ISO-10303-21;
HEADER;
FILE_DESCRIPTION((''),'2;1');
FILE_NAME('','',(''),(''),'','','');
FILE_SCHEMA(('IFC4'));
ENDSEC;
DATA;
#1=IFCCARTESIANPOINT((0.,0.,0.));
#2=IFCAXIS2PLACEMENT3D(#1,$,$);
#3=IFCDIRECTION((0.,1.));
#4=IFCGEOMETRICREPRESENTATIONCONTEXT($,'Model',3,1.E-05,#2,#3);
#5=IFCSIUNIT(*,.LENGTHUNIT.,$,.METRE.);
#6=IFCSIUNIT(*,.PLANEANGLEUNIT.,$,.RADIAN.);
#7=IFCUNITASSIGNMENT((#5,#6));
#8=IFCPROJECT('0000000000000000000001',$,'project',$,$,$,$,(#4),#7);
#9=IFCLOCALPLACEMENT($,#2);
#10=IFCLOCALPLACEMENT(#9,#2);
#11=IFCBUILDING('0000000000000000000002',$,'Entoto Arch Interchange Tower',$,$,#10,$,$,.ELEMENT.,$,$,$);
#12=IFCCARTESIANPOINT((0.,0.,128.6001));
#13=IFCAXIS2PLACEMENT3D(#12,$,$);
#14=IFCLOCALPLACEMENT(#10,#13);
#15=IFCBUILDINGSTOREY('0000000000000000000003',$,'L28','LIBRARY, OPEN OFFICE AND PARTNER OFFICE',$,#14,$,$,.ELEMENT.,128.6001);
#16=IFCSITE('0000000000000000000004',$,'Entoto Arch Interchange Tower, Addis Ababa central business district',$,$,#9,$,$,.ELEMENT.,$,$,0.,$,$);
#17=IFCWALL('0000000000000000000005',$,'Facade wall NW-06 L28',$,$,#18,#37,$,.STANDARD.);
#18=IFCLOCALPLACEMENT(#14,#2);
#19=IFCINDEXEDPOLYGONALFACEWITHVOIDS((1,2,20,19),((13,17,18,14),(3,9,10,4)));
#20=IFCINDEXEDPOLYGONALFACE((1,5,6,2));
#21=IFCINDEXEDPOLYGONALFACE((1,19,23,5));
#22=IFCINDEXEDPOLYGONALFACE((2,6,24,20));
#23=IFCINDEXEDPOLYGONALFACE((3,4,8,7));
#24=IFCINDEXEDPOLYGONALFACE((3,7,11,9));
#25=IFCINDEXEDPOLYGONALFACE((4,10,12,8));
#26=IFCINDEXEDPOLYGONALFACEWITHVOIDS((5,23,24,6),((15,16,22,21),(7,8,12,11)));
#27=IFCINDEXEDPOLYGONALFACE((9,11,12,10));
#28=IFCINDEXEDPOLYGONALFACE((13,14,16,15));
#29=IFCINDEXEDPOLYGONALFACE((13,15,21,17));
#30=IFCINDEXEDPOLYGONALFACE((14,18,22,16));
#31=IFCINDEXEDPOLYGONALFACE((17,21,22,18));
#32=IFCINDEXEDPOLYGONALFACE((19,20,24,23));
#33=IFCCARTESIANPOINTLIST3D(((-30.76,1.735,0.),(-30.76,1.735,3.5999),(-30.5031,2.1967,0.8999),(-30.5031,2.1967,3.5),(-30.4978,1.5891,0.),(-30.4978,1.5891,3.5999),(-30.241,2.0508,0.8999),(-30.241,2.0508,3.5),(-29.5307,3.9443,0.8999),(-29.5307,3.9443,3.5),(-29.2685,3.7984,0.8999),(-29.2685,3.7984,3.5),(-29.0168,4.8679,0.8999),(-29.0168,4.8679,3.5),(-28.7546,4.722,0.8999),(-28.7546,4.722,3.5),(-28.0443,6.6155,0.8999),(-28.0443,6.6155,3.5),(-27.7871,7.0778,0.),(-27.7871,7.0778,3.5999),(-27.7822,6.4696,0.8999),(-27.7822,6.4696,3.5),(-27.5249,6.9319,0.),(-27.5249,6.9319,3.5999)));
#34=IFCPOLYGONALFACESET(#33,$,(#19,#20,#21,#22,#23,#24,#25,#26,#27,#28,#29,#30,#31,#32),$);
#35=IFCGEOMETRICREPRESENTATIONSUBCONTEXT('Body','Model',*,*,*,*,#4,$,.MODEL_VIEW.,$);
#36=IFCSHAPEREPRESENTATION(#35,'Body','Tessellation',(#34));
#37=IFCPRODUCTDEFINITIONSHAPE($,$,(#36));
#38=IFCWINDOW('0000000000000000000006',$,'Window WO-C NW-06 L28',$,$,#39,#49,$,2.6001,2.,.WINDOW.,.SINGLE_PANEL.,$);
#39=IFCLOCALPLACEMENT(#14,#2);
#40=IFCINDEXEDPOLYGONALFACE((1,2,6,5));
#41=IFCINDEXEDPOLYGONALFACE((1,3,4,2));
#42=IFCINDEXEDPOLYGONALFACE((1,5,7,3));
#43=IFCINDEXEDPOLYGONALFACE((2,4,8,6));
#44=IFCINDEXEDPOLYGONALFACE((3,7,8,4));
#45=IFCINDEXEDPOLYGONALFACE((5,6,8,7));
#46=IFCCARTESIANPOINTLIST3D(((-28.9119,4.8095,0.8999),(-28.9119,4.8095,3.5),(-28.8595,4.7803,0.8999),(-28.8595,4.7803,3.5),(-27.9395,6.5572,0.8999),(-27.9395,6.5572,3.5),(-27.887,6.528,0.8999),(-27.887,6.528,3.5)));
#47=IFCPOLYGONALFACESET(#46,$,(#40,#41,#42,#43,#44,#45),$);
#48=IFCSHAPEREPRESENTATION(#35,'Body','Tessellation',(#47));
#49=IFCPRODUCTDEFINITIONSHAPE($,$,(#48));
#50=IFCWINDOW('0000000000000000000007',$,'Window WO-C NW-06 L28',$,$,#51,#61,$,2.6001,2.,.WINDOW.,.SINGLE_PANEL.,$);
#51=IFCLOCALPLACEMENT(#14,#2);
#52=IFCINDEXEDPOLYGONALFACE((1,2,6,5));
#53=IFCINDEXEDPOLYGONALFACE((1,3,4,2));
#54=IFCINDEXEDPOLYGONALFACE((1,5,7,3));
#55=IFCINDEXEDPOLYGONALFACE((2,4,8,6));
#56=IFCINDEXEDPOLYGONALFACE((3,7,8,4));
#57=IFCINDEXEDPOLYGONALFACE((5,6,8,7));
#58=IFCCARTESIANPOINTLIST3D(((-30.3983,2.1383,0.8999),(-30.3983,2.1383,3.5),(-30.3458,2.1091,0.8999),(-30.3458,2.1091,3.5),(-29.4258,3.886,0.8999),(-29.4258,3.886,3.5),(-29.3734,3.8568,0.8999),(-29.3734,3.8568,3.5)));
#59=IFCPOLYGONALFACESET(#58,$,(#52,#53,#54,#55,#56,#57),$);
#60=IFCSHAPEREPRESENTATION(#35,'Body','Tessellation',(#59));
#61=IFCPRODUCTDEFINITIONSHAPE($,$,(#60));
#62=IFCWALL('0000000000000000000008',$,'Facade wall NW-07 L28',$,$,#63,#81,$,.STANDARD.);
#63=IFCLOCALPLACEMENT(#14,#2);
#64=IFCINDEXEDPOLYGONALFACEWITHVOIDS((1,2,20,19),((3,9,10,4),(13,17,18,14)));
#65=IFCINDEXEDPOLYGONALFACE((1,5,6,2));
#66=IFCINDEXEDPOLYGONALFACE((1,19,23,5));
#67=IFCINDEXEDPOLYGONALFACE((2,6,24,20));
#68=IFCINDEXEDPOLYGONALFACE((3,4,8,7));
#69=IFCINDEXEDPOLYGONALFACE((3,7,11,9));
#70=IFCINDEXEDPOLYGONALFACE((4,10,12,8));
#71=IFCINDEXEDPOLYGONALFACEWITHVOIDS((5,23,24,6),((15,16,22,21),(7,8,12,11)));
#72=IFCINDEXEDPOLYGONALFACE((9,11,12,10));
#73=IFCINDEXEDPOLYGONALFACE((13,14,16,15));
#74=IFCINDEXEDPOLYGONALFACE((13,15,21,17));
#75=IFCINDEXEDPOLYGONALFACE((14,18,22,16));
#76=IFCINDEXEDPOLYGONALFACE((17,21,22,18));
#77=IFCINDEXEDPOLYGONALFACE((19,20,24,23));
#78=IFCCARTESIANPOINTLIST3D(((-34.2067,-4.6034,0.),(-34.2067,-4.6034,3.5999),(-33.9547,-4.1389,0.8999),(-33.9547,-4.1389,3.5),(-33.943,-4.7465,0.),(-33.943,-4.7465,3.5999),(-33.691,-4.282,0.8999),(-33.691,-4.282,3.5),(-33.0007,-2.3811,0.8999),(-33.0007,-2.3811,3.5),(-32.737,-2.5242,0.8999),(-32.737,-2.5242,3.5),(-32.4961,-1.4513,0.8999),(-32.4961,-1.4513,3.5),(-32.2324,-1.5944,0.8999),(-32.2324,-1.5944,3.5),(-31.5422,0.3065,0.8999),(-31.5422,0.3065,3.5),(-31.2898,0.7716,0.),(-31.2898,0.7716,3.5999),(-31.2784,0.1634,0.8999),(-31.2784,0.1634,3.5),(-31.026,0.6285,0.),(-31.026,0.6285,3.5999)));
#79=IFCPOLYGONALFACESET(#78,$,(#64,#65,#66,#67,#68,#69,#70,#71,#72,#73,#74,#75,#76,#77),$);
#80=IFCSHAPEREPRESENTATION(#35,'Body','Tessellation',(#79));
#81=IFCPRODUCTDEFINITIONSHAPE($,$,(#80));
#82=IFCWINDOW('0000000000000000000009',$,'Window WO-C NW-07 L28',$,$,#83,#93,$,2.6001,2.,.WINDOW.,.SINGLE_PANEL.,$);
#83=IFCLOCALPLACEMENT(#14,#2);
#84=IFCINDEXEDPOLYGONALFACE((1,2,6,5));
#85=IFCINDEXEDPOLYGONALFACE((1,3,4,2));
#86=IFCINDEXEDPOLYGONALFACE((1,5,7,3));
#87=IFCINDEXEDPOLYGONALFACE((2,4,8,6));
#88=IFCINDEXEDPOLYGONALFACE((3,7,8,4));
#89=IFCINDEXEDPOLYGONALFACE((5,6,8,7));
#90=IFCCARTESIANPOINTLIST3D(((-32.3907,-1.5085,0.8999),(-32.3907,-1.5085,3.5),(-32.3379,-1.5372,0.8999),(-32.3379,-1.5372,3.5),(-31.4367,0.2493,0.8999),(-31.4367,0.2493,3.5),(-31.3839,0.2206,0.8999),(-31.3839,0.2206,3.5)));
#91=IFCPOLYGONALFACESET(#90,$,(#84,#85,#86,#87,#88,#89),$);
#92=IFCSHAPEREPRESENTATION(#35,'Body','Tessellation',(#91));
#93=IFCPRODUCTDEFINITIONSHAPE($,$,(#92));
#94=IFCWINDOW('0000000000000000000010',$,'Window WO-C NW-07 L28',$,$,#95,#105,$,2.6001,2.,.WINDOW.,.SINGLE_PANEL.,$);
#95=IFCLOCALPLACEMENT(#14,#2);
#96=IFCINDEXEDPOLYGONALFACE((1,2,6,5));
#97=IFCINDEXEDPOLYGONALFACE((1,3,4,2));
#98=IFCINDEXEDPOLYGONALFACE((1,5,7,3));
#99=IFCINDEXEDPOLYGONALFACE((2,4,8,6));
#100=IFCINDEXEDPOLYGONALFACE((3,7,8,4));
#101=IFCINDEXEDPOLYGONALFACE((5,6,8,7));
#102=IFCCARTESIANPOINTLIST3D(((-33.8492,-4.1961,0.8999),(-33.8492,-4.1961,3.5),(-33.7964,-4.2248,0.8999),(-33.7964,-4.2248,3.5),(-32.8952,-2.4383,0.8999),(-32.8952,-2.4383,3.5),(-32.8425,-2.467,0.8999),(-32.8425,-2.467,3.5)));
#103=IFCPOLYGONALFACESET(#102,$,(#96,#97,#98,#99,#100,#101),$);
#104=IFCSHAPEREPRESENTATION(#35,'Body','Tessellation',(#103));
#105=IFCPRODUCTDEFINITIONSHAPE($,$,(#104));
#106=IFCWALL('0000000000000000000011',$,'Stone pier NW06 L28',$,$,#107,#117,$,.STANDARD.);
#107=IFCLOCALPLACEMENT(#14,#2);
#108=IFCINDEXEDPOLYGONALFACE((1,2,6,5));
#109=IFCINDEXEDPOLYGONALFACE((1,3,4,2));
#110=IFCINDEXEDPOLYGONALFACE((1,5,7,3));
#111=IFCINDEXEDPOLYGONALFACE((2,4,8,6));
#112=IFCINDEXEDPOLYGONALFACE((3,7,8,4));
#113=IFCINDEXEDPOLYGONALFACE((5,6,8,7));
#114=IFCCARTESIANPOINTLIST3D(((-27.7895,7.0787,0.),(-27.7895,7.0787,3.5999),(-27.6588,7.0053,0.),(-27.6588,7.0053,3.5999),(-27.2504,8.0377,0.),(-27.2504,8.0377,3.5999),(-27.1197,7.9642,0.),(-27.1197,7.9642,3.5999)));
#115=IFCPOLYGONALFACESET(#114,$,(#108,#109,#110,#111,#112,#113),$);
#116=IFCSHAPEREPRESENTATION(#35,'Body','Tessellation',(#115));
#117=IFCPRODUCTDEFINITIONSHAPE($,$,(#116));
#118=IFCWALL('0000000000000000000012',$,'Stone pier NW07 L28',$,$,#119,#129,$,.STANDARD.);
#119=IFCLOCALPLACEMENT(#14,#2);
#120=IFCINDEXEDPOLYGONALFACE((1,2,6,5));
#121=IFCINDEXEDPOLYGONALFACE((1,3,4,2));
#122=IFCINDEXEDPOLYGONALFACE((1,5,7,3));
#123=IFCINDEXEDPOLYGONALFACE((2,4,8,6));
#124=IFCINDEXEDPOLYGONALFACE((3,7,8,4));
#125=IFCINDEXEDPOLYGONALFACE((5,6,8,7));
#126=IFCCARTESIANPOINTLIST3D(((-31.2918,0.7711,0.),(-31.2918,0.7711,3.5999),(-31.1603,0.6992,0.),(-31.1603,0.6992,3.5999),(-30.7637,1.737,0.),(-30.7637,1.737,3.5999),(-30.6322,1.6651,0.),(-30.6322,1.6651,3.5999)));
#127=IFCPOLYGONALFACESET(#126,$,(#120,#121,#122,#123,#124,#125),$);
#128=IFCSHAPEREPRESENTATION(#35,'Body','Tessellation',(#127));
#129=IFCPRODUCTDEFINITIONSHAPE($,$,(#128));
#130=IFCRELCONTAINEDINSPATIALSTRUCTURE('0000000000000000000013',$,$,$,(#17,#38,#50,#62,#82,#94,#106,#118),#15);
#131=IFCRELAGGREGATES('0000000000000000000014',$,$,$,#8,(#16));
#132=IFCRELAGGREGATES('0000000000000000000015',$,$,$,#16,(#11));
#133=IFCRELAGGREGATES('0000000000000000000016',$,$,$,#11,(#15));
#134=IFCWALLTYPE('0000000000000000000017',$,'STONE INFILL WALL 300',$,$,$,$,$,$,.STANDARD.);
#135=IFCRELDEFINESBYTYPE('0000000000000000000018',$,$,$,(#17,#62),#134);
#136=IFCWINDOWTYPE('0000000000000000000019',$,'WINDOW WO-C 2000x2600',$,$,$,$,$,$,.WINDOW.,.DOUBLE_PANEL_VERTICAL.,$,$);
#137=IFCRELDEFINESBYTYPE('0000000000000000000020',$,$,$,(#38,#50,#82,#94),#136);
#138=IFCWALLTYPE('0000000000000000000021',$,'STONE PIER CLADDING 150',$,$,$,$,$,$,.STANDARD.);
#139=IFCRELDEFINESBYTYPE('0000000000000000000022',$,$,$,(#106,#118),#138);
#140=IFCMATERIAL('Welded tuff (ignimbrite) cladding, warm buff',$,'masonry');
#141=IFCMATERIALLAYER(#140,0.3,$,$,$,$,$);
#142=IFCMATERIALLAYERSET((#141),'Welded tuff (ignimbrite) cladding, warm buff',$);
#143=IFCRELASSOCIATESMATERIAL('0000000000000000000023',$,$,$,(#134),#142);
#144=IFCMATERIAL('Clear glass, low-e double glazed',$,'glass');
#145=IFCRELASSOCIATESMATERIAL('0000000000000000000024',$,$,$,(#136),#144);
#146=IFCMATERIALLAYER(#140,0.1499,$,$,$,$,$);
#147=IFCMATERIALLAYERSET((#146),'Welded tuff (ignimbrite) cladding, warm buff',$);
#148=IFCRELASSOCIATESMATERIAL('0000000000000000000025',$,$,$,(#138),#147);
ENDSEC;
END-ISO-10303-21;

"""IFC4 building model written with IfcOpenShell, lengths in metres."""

from ifc_helpers import new_model, si_unit, direction, frame, frame_2d, origin, place, context, subcontext, project, spatial, rectangle, extrude, material, layer, layer_set, type_object, element, fill, save


model = new_model("IFC4")

# Units and contexts
model_context = context("Model", 3, precision=1e-05, world=origin(), true_north=direction((0.0, 1.0)))
body_context = subcontext(model_context, "Body", "Model", "MODEL_VIEW")
ifc_project = project(units=[si_unit("LENGTHUNIT", "METRE"), si_unit("PLANEANGLEUNIT", "RADIAN")], contexts=[model_context])

# Site, building, storey
site_placement = place(None, origin())
site = spatial("IfcSite", under=ifc_project, at=site_placement, Name="Entoto Arch Interchange Tower, Addis Ababa central business district", CompositionType="ELEMENT", RefElevation=0.0)
building_placement = place(site_placement, origin())
building = spatial("IfcBuilding", under=site, at=building_placement, Name="Entoto Arch Interchange Tower", CompositionType="ELEMENT")
storey_placement = place(building_placement, frame((0.0, 0.0, 128.6001)))
storey = spatial("IfcBuildingStorey", under=building, at=storey_placement, Name="L28", Description="LIBRARY, OPEN OFFICE AND PARTNER OFFICE", CompositionType="ELEMENT", Elevation=128.6001)

# Walls, openings, windows
ifc_material_1 = material(Name="Welded tuff (ignimbrite) cladding, warm buff", Category="masonry")
ifc_layer_1 = layer(ifc_material_1, 0.3)
ifc_layer_set_1 = layer_set([ifc_layer_1], Name="Welded tuff (ignimbrite) cladding, warm buff")
wall_type_1 = type_object("IfcWallType", Name="STONE INFILL WALL 300", PredefinedType="STANDARD", material=ifc_layer_set_1)
wall_1_placement = place(storey_placement, frame((-27.656, 7.0049, 0.0), z_axis=(0.0, 0.0, 1.0), x_axis=(-0.486229, -0.873831, 0.0)))
wall_1 = element("IfcWall", 1, at=wall_1_placement, inside=storey, type_object=wall_type_1, Name="Facade wall NW-06 L28", PredefinedType="STANDARD", context=body_context, shape_type="SweptSolid", body=[
    extrude(rectangle(XDim=6.1143, YDim=0.3, at=frame_2d((3.0571, 0.0))), origin(), (0.0, 0.0, 1.0), 3.5999),
])
opening_1_placement = place(wall_1_placement, frame((0.5291, 0.0, 0.8999)))
opening_1 = element("IfcOpeningElement", 2, at=opening_1_placement, cuts=wall_1, PredefinedType="OPENING", context=body_context, shape_type="SweptSolid", body=[
    extrude(rectangle(XDim=2.0, YDim=2.6001, at=frame_2d((1.0, 1.3))), frame((0.0, 0.1602, 0.0), z_axis=(0.0, -1.0, 0.0), x_axis=(1.0, 0.0, 0.0)), (0.0, 0.0, 1.0), 0.3201),
])
opening_2_placement = place(wall_1_placement, frame((3.5859, 0.0, 0.8999)))
opening_2 = element("IfcOpeningElement", 3, at=opening_2_placement, cuts=wall_1, PredefinedType="OPENING", context=body_context, shape_type="SweptSolid", body=[
    extrude(rectangle(XDim=2.0, YDim=2.6001, at=frame_2d((1.0, 1.3))), frame((0.0, 0.1602, 0.0), z_axis=(0.0, -1.0, 0.0), x_axis=(1.0, 0.0, 0.0)), (0.0, 0.0, 1.0), 0.3201),
])
ifc_material_2 = material(Name="Clear glass, low-e double glazed", Category="glass")
window_type = type_object("IfcWindowType", Name="WINDOW WO-C 2000x2600", PartitioningType="DOUBLE_PANEL_VERTICAL", PredefinedType="WINDOW", material=ifc_material_2)
window_1_placement = place(opening_1_placement, origin())
window_1 = element("IfcWindow", 4, at=window_1_placement, inside=storey, type_object=window_type, Name="Window WO-C NW-06 L28", OverallHeight=2.6001, OverallWidth=2.0, PartitioningType="SINGLE_PANEL", PredefinedType="WINDOW", context=body_context, shape_type="SweptSolid", body=[
    extrude(rectangle(XDim=2.0, YDim=2.6001, at=frame_2d((1.0, 1.3))), frame((0.0, 0.03, 0.0), z_axis=(0.0, -1.0, 0.0), x_axis=(1.0, 0.0, 0.0)), (0.0, 0.0, 1.0), 0.0601),
])
fill(opening_1, window_1)
window_2_placement = place(opening_2_placement, origin())
window_2 = element("IfcWindow", 5, at=window_2_placement, inside=storey, type_object=window_type, Name="Window WO-C NW-06 L28", OverallHeight=2.6001, OverallWidth=2.0, PartitioningType="SINGLE_PANEL", PredefinedType="WINDOW", context=body_context, shape_type="SweptSolid", body=[
    extrude(rectangle(XDim=2.0, YDim=2.6001, at=frame_2d((1.0, 1.3))), frame((0.0, 0.03, 0.0), z_axis=(0.0, -1.0, 0.0), x_axis=(1.0, 0.0, 0.0)), (0.0, 0.0, 1.0), 0.0601),
])
fill(opening_2, window_2)
wall_2_placement = place(storey_placement, frame((-31.158, 0.7, 0.0), z_axis=(0.0, 0.0, 1.0), x_axis=(-0.476983, -0.878913, 0.0)))
wall_2 = element("IfcWall", 6, at=wall_2_placement, inside=storey, type_object=wall_type_1, Name="Facade wall NW-07 L28", PredefinedType="STANDARD", context=body_context, shape_type="SweptSolid", body=[
    extrude(rectangle(XDim=6.1155, YDim=0.3, at=frame_2d((3.0576, 0.0))), origin(), (0.0, 0.0, 1.0), 3.5999),
])
opening_3_placement = place(wall_2_placement, frame((0.5291, 0.0, 0.8999)))
opening_3 = element("IfcOpeningElement", 7, at=opening_3_placement, cuts=wall_2, PredefinedType="OPENING", context=body_context, shape_type="SweptSolid", body=[
    extrude(rectangle(XDim=2.0, YDim=2.6001, at=frame_2d((1.0, 1.3))), frame((0.0, 0.1602, 0.0), z_axis=(0.0, -1.0, 0.0), x_axis=(1.0, 0.0, 0.0)), (0.0, 0.0, 1.0), 0.3201),
])
opening_4_placement = place(wall_2_placement, frame((3.5869, 0.0, 0.8999)))
opening_4 = element("IfcOpeningElement", 8, at=opening_4_placement, cuts=wall_2, PredefinedType="OPENING", context=body_context, shape_type="SweptSolid", body=[
    extrude(rectangle(XDim=2.0, YDim=2.6001, at=frame_2d((1.0, 1.3))), frame((0.0, 0.1602, 0.0), z_axis=(0.0, -1.0, 0.0), x_axis=(1.0, 0.0, 0.0)), (0.0, 0.0, 1.0), 0.3201),
])
window_3_placement = place(opening_3_placement, origin())
window_3 = element("IfcWindow", 9, at=window_3_placement, inside=storey, type_object=window_type, Name="Window WO-C NW-07 L28", OverallHeight=2.6001, OverallWidth=2.0, PartitioningType="SINGLE_PANEL", PredefinedType="WINDOW", context=body_context, shape_type="SweptSolid", body=[
    extrude(rectangle(XDim=2.0, YDim=2.6001, at=frame_2d((1.0, 1.3))), frame((0.0, 0.03, 0.0), z_axis=(0.0, -1.0, 0.0), x_axis=(1.0, 0.0, 0.0)), (0.0, 0.0, 1.0), 0.0601),
])
fill(opening_3, window_3)
window_4_placement = place(opening_4_placement, origin())
window_4 = element("IfcWindow", 10, at=window_4_placement, inside=storey, type_object=window_type, Name="Window WO-C NW-07 L28", OverallHeight=2.6001, OverallWidth=2.0, PartitioningType="SINGLE_PANEL", PredefinedType="WINDOW", context=body_context, shape_type="SweptSolid", body=[
    extrude(rectangle(XDim=2.0, YDim=2.6001, at=frame_2d((1.0, 1.3))), frame((0.0, 0.03, 0.0), z_axis=(0.0, -1.0, 0.0), x_axis=(1.0, 0.0, 0.0)), (0.0, 0.0, 1.0), 0.0601),
])
fill(opening_4, window_4)

# Walls
ifc_layer_2 = layer(ifc_material_1, 0.1499)
ifc_layer_set_2 = layer_set([ifc_layer_2], Name="Welded tuff (ignimbrite) cladding, warm buff")
wall_type_2 = type_object("IfcWallType", Name="STONE PIER CLADDING 150", PredefinedType="STANDARD", material=ifc_layer_set_2)
wall_3_placement = place(storey_placement, frame((-27.1851, 8.001, 0.0), z_axis=(0.0, 0.0, 1.0), x_axis=(-0.490008, -0.871718, 0.0)))
element("IfcWall", 11, at=wall_3_placement, inside=storey, type_object=wall_type_2, Name="Stone pier NW06 L28", PredefinedType="STANDARD", context=body_context, shape_type="SweptSolid", body=[
    extrude(rectangle(XDim=1.1001, YDim=0.1499, at=frame_2d((0.55, 0.0))), origin(), (0.0, 0.0, 1.0), 3.5999),
])
wall_4_placement = place(storey_placement, frame((-30.698, 1.7009, 0.0), z_axis=(0.0, 0.0, 1.0), x_axis=(-0.479738, -0.877412, 0.0)))
element("IfcWall", 12, at=wall_4_placement, inside=storey, type_object=wall_type_2, Name="Stone pier NW07 L28", PredefinedType="STANDARD", context=body_context, shape_type="SweptSolid", body=[
    extrude(rectangle(XDim=1.1008, YDim=0.1499, at=frame_2d((0.5503, 0.0))), origin(), (0.0, 0.0, 1.0), 3.5999),
])

save(model, "model.ifc")
